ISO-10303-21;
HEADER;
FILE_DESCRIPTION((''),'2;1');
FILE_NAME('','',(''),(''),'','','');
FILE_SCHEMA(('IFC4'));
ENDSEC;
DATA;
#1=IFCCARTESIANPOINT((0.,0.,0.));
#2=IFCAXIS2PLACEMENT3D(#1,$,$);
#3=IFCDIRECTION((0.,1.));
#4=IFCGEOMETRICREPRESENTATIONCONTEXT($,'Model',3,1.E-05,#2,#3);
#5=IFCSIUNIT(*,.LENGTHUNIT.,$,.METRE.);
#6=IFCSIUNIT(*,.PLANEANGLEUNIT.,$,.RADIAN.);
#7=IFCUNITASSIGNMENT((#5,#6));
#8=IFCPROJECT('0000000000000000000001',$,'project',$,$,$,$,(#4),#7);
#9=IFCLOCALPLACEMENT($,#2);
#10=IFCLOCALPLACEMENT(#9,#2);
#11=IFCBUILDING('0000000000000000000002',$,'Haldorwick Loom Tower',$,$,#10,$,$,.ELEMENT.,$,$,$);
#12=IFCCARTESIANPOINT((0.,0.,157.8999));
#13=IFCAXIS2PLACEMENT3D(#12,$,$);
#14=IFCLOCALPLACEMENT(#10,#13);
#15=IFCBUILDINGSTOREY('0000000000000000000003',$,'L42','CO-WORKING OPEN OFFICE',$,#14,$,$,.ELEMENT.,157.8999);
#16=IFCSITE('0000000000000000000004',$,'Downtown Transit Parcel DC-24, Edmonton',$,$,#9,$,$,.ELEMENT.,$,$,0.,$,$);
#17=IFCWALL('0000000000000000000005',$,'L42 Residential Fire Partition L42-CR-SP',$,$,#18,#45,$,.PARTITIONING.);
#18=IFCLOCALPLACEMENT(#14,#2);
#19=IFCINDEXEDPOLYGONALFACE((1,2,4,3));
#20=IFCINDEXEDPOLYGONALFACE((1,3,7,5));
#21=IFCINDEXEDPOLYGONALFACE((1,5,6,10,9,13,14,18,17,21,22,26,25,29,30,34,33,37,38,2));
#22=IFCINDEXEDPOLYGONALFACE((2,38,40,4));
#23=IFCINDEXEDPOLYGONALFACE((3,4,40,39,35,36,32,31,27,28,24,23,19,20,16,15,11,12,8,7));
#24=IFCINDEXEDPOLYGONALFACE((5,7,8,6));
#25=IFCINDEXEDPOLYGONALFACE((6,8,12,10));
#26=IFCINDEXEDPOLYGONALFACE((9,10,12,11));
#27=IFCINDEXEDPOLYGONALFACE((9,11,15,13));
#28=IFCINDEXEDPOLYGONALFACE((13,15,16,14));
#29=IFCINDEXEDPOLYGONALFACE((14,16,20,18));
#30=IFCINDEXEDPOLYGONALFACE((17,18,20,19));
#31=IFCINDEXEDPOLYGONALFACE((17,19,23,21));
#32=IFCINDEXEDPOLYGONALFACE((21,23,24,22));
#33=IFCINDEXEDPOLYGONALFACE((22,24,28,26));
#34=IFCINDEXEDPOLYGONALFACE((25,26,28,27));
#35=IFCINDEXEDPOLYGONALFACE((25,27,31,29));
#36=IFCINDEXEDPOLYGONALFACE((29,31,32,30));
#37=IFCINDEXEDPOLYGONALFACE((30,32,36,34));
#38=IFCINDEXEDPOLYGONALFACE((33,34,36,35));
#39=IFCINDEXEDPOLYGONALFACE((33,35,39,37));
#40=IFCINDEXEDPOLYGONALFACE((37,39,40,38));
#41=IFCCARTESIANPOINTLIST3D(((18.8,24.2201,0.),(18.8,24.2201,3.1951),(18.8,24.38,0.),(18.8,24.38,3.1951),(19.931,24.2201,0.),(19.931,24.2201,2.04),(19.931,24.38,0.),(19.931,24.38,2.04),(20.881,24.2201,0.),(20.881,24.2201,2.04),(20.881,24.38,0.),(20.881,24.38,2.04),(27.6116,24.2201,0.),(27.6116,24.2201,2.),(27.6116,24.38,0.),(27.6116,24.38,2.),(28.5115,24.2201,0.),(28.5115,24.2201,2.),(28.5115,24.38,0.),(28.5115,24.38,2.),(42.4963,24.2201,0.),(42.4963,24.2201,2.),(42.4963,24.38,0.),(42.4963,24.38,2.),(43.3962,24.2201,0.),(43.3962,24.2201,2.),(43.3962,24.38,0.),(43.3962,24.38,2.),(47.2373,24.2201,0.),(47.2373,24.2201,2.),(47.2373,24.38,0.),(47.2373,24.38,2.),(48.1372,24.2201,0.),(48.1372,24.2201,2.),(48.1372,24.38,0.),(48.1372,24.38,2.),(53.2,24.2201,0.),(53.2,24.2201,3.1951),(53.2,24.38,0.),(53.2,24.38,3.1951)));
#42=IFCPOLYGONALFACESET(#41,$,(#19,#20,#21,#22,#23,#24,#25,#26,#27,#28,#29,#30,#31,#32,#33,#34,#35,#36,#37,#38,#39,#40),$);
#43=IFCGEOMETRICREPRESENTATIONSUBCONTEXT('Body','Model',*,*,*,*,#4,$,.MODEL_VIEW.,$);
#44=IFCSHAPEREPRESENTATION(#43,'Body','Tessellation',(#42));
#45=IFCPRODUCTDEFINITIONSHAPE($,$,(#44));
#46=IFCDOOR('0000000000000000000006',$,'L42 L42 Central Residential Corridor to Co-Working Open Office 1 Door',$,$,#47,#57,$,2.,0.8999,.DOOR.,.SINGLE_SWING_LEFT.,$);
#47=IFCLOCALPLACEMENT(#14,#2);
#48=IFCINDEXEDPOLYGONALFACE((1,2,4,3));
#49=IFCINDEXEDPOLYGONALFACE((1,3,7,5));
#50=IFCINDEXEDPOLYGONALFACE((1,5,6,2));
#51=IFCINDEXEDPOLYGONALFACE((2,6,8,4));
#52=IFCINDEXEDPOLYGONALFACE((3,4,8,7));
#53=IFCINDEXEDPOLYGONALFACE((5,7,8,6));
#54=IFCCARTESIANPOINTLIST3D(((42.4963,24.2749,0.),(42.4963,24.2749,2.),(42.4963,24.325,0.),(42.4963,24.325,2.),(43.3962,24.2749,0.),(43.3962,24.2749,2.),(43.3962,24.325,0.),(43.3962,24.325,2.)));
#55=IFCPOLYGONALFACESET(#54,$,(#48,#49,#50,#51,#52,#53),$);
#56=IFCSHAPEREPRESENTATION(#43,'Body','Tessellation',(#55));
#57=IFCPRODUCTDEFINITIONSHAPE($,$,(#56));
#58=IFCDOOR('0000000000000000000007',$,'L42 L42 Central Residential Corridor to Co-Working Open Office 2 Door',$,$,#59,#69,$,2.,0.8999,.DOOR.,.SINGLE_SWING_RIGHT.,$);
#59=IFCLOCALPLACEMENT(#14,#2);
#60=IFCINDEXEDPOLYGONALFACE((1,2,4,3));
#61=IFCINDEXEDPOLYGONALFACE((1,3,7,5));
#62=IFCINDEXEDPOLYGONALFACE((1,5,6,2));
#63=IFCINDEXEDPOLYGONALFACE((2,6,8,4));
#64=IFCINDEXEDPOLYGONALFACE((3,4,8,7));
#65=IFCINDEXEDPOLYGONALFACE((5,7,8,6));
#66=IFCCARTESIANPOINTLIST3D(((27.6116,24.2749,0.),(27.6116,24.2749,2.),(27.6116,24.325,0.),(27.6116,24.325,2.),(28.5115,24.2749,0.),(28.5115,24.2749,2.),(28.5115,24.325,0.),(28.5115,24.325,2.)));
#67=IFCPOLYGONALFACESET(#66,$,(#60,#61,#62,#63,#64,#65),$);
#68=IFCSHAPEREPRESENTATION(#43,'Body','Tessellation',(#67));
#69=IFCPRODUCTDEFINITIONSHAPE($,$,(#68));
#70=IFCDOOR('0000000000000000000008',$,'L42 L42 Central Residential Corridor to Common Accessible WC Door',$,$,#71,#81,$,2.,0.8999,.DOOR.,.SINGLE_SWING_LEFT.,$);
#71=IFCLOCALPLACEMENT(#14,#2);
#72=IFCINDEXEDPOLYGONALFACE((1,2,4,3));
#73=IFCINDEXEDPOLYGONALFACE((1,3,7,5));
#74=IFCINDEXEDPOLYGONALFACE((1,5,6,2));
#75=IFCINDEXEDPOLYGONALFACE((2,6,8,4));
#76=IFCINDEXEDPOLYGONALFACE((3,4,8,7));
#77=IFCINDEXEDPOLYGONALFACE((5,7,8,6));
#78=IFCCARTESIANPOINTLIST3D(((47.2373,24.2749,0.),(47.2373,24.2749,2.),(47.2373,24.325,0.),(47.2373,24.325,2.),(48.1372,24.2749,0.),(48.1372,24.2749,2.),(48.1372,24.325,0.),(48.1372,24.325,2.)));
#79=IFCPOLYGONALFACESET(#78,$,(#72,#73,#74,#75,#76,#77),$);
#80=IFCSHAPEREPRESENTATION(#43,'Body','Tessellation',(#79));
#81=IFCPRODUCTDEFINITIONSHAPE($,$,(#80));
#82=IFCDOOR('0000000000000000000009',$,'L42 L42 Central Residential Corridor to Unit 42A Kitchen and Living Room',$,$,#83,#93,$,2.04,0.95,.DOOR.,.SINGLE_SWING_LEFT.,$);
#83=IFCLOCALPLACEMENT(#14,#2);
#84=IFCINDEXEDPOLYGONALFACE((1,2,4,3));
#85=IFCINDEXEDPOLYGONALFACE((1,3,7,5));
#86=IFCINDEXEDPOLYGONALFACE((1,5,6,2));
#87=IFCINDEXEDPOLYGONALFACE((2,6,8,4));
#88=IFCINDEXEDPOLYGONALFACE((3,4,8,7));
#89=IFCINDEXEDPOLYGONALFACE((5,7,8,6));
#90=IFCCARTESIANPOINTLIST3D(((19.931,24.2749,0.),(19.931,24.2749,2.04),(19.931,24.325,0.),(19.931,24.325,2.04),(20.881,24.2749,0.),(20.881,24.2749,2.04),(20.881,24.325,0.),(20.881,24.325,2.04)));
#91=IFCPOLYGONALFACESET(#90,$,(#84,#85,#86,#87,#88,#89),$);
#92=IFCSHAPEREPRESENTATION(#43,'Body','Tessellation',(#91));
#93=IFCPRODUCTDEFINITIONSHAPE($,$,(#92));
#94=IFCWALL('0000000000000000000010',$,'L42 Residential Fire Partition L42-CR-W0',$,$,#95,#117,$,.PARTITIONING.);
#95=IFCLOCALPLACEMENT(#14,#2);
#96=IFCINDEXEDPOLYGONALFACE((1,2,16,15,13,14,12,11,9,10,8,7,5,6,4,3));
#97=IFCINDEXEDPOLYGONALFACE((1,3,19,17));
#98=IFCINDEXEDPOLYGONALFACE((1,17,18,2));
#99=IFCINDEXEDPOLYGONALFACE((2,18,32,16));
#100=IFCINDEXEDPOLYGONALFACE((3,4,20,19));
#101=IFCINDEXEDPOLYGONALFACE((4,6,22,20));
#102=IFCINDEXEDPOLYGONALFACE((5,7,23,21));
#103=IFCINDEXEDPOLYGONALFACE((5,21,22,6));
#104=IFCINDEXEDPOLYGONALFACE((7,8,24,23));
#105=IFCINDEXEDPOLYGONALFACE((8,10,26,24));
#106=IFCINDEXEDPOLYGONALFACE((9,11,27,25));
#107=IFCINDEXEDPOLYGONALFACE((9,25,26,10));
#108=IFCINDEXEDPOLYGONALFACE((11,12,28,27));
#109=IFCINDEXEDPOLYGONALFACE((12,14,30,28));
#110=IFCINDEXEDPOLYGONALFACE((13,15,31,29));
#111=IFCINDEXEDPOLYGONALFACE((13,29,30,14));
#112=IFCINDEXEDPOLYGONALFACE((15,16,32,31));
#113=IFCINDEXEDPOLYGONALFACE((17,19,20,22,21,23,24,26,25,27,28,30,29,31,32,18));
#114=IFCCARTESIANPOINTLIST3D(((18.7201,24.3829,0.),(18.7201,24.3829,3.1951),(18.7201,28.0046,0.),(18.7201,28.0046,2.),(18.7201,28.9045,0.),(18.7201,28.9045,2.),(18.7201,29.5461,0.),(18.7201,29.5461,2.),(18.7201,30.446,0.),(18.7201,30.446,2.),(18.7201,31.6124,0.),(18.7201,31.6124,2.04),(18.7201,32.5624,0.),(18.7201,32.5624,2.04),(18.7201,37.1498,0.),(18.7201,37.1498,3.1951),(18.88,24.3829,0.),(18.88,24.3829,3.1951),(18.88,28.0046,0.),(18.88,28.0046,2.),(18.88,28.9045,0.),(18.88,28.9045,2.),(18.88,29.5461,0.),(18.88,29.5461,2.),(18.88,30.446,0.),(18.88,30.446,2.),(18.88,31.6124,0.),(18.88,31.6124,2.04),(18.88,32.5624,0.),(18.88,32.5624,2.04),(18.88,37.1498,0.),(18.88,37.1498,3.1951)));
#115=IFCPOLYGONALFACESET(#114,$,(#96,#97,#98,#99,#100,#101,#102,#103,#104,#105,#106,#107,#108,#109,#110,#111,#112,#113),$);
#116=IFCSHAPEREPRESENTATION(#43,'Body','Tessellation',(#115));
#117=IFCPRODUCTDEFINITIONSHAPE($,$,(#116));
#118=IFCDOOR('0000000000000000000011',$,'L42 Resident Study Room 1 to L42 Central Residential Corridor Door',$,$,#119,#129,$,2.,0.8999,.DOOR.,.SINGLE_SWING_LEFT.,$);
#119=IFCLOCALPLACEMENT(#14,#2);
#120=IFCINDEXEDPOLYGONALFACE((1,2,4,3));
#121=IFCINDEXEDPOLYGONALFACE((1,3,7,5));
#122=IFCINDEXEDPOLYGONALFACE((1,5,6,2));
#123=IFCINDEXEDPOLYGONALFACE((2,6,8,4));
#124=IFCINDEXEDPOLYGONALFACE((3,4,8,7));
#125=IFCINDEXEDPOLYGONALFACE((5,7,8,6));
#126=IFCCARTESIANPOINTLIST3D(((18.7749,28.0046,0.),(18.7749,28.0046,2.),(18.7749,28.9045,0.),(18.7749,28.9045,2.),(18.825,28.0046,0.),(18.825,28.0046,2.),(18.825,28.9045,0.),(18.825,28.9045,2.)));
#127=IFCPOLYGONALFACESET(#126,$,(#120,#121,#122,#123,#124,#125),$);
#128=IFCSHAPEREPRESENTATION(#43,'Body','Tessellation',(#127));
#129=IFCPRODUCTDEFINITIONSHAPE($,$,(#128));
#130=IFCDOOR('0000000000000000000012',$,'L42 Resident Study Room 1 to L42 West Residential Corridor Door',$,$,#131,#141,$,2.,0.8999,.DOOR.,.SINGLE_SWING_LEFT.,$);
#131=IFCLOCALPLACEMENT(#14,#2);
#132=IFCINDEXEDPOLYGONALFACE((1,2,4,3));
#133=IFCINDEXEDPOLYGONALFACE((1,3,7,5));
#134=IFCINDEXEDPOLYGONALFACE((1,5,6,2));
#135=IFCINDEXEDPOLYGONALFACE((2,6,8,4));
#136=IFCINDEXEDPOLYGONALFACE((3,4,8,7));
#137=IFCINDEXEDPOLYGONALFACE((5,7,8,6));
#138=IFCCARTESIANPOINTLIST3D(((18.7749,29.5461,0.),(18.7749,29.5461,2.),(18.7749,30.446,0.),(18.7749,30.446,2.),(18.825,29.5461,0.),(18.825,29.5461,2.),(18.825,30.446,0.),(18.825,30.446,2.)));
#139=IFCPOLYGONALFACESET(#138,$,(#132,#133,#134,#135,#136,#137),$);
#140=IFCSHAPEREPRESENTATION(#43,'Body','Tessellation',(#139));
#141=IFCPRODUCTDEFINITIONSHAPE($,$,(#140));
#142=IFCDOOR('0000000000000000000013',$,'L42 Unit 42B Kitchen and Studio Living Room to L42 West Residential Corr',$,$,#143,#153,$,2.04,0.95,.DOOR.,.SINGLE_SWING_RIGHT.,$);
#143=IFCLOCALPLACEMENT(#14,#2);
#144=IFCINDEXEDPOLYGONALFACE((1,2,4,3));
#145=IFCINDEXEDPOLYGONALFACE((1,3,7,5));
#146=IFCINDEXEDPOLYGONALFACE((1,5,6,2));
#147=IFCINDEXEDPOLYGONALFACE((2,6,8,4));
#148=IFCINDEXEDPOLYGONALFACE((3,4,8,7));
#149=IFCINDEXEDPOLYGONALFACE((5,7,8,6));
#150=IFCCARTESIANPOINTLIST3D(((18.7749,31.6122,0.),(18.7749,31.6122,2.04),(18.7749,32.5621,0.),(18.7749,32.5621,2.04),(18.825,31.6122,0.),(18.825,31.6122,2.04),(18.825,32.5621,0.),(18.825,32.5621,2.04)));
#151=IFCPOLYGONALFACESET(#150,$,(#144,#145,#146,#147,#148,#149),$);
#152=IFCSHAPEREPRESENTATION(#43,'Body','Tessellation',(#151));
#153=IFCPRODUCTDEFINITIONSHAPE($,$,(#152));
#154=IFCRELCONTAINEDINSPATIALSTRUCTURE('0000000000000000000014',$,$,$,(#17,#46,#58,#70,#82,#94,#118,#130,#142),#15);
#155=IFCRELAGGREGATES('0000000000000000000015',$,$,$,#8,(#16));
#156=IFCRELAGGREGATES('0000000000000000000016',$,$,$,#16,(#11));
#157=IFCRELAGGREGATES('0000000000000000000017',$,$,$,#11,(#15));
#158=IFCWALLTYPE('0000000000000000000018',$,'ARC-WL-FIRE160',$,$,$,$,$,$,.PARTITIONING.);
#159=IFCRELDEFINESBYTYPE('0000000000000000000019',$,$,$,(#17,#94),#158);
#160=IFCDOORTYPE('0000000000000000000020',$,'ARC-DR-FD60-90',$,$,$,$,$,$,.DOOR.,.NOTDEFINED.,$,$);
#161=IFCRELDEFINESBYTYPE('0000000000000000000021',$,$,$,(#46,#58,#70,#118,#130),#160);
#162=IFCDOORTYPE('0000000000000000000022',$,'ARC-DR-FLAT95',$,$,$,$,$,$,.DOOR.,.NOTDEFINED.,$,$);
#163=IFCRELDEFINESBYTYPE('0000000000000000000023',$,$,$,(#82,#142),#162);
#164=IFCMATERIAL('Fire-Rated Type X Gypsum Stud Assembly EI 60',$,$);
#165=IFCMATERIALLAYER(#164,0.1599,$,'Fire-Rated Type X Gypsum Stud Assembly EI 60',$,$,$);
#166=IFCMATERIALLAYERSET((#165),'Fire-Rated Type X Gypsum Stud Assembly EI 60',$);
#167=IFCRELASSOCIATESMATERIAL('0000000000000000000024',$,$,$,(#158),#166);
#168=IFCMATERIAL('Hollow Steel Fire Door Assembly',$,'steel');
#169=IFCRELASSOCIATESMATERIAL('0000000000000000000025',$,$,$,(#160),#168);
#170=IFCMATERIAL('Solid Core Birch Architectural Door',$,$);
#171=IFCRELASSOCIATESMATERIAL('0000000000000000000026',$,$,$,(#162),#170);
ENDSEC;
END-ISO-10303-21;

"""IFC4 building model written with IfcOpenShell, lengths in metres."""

from ifc_helpers import new_model, si_unit, direction, frame, frame_2d, origin, place, context, subcontext, project, spatial, rectangle, extrude, material, layer, layer_set, type_object, element, fill, save


model = new_model("IFC4")

# Units and contexts
model_context = context("Model", 3, precision=1e-05, world=origin(), true_north=direction((0.0, 1.0)))
body_context = subcontext(model_context, "Body", "Model", "MODEL_VIEW")
ifc_project = project(units=[si_unit("LENGTHUNIT", "METRE"), si_unit("PLANEANGLEUNIT", "RADIAN")], contexts=[model_context])

# Site, building, storey
site_placement = place(None, origin())
site = spatial("IfcSite", under=ifc_project, at=site_placement, Name="Downtown Transit Parcel DC-24, Edmonton", CompositionType="ELEMENT", RefElevation=0.0)
building_placement = place(site_placement, origin())
building = spatial("IfcBuilding", under=site, at=building_placement, Name="Haldorwick Loom Tower", CompositionType="ELEMENT")
storey_placement = place(building_placement, frame((0.0, 0.0, 157.8999)))
storey = spatial("IfcBuildingStorey", under=building, at=storey_placement, Name="L42", Description="CO-WORKING OPEN OFFICE", CompositionType="ELEMENT", Elevation=157.8999)

# Walls, openings, doors
ifc_material_1 = material(Name="Fire-Rated Type X Gypsum Stud Assembly EI 60")
ifc_layer_1 = layer(ifc_material_1, 0.1599, Name="Fire-Rated Type X Gypsum Stud Assembly EI 60")
ifc_layer_set_1 = layer_set([ifc_layer_1], Name="Fire-Rated Type X Gypsum Stud Assembly EI 60")
wall_type_1 = type_object("IfcWallType", Name="ARC-WL-FIRE160", PredefinedType="PARTITIONING", material=ifc_layer_set_1)
wall_1_placement = place(storey_placement, frame((18.8, 24.3, 0.0), z_axis=(0.0, 0.0, 1.0), x_axis=(1.0, 0.0, 0.0)))
wall_1 = element("IfcWall", 1, at=wall_1_placement, inside=storey, type_object=wall_type_1, Name="L42 Residential Fire Partition L42-CR-SP", PredefinedType="PARTITIONING", context=body_context, shape_type="SweptSolid", body=[
    extrude(rectangle(XDim=34.3999, YDim=0.1599, at=frame_2d((17.2, 0.0))), origin(), (0.0, 0.0, 1.0), 3.1951),
])
opening_1_placement = place(wall_1_placement, frame((23.6963, 0.0, 0.0)))
opening_1 = element("IfcOpeningElement", 2, at=opening_1_placement, cuts=wall_1, PredefinedType="OPENING", context=body_context, shape_type="SweptSolid", body=[
    extrude(rectangle(XDim=0.8999, YDim=2.0, at=frame_2d((0.45, 1.0))), frame((0.0, 0.0898, 0.0), z_axis=(0.0, -1.0, 0.0), x_axis=(1.0, 0.0, 0.0)), (0.0, 0.0, 1.0), 0.1799),
])
opening_2_placement = place(wall_1_placement, frame((8.8115, 0.0, 0.0)))
opening_2 = element("IfcOpeningElement", 3, at=opening_2_placement, cuts=wall_1, PredefinedType="OPENING", context=body_context, shape_type="SweptSolid", body=[
    extrude(rectangle(XDim=0.8999, YDim=2.0, at=frame_2d((0.45, 1.0))), frame((0.0, 0.0898, 0.0), z_axis=(0.0, -1.0, 0.0), x_axis=(1.0, 0.0, 0.0)), (0.0, 0.0, 1.0), 0.1799),
])
opening_3_placement = place(wall_1_placement, frame((28.4373, 0.0, 0.0)))
opening_3 = element("IfcOpeningElement", 4, at=opening_3_placement, cuts=wall_1, PredefinedType="OPENING", context=body_context, shape_type="SweptSolid", body=[
    extrude(rectangle(XDim=0.8999, YDim=2.0, at=frame_2d((0.45, 1.0))), frame((0.0, 0.0898, 0.0), z_axis=(0.0, -1.0, 0.0), x_axis=(1.0, 0.0, 0.0)), (0.0, 0.0, 1.0), 0.1799),
])
opening_4_placement = place(wall_1_placement, frame((1.1309, 0.0, 0.0)))
opening_4 = element("IfcOpeningElement", 5, at=opening_4_placement, cuts=wall_1, PredefinedType="OPENING", context=body_context, shape_type="SweptSolid", body=[
    extrude(rectangle(XDim=0.95, YDim=2.04, at=frame_2d((0.4751, 1.02))), frame((0.0, 0.0898, 0.0), z_axis=(0.0, -1.0, 0.0), x_axis=(1.0, 0.0, 0.0)), (0.0, 0.0, 1.0), 0.1799),
])
ifc_material_2 = material(Name="Hollow Steel Fire Door Assembly", Category="steel")
door_type_1 = type_object("IfcDoorType", Name="ARC-DR-FD60-90", OperationType="NOTDEFINED", PredefinedType="DOOR", material=ifc_material_2)
door_1_placement = place(opening_1_placement, origin())
door_1 = element("IfcDoor", 6, at=door_1_placement, inside=storey, type_object=door_type_1, Name="L42 L42 Central Residential Corridor to Co-Working Open Office 1 Door", OperationType="SINGLE_SWING_LEFT", OverallHeight=2.0, OverallWidth=0.8999, PredefinedType="DOOR", context=body_context, shape_type="SweptSolid", body=[
    extrude(rectangle(XDim=0.8999, YDim=2.0, at=frame_2d((0.45, 1.0))), frame((0.0, 0.0249, 0.0), z_axis=(0.0, -1.0, 0.0), x_axis=(1.0, 0.0, 0.0)), (0.0, 0.0, 1.0), 0.05),
])
fill(opening_1, door_1)
door_2_placement = place(opening_2_placement, origin())
door_2 = element("IfcDoor", 7, at=door_2_placement, inside=storey, type_object=door_type_1, Name="L42 L42 Central Residential Corridor to Co-Working Open Office 2 Door", OperationType="SINGLE_SWING_RIGHT", OverallHeight=2.0, OverallWidth=0.8999, PredefinedType="DOOR", context=body_context, shape_type="SweptSolid", body=[
    extrude(rectangle(XDim=0.8999, YDim=2.0, at=frame_2d((0.45, 1.0))), frame((0.0, 0.0249, 0.0), z_axis=(0.0, -1.0, 0.0), x_axis=(1.0, 0.0, 0.0)), (0.0, 0.0, 1.0), 0.05),
])
fill(opening_2, door_2)
door_3_placement = place(opening_3_placement, origin())
door_3 = element("IfcDoor", 8, at=door_3_placement, inside=storey, type_object=door_type_1, Name="L42 L42 Central Residential Corridor to Common Accessible WC Door", OperationType="SINGLE_SWING_LEFT", OverallHeight=2.0, OverallWidth=0.8999, PredefinedType="DOOR", context=body_context, shape_type="SweptSolid", body=[
    extrude(rectangle(XDim=0.8999, YDim=2.0, at=frame_2d((0.45, 1.0))), frame((0.0, 0.0249, 0.0), z_axis=(0.0, -1.0, 0.0), x_axis=(1.0, 0.0, 0.0)), (0.0, 0.0, 1.0), 0.05),
])
fill(opening_3, door_3)
ifc_material_3 = material(Name="Solid Core Birch Architectural Door")
door_type_2 = type_object("IfcDoorType", Name="ARC-DR-FLAT95", OperationType="NOTDEFINED", PredefinedType="DOOR", material=ifc_material_3)
door_4_placement = place(opening_4_placement, origin())
door_4 = element("IfcDoor", 9, at=door_4_placement, inside=storey, type_object=door_type_2, Name="L42 L42 Central Residential Corridor to Unit 42A Kitchen and Living Room", OperationType="SINGLE_SWING_LEFT", OverallHeight=2.04, OverallWidth=0.95, PredefinedType="DOOR", context=body_context, shape_type="SweptSolid", body=[
    extrude(rectangle(XDim=0.95, YDim=2.04, at=frame_2d((0.4751, 1.02))), frame((0.0, 0.0249, 0.0), z_axis=(0.0, -1.0, 0.0), x_axis=(1.0, 0.0, 0.0)), (0.0, 0.0, 1.0), 0.05),
])
fill(opening_4, door_4)
wall_2_placement = place(storey_placement, frame((18.8, 24.3831, 0.0), z_axis=(0.0, 0.0, 1.0), x_axis=(0.0, 1.0, 0.0)))
wall_2 = element("IfcWall", 10, at=wall_2_placement, inside=storey, type_object=wall_type_1, Name="L42 Residential Fire Partition L42-CR-W0", PredefinedType="PARTITIONING", context=body_context, shape_type="SweptSolid", body=[
    extrude(rectangle(XDim=12.7668, YDim=0.1599, at=frame_2d((6.3833, 0.0))), origin(), (0.0, 0.0, 1.0), 3.1951),
])
opening_5_placement = place(wall_2_placement, frame((3.6216, 0.0, 0.0)))
opening_5 = element("IfcOpeningElement", 11, at=opening_5_placement, cuts=wall_2, PredefinedType="OPENING", context=body_context, shape_type="SweptSolid", body=[
    extrude(rectangle(XDim=0.8999, YDim=2.0, at=frame_2d((0.45, 1.0))), frame((0.0, 0.0898, 0.0), z_axis=(0.0, -1.0, 0.0), x_axis=(1.0, 0.0, 0.0)), (0.0, 0.0, 1.0), 0.1799),
])
opening_6_placement = place(wall_2_placement, frame((7.2292, 0.0, 0.0)))
opening_6 = element("IfcOpeningElement", 12, at=opening_6_placement, cuts=wall_2, PredefinedType="OPENING", context=body_context, shape_type="SweptSolid", body=[
    extrude(rectangle(XDim=0.95, YDim=2.04, at=frame_2d((0.4751, 1.02))), frame((0.0, 0.0898, 0.0), z_axis=(0.0, -1.0, 0.0), x_axis=(1.0, 0.0, 0.0)), (0.0, 0.0, 1.0), 0.1799),
])
opening_7_placement = place(wall_2_placement, frame((5.1631, 0.0, 0.0)))
opening_7 = element("IfcOpeningElement", 13, at=opening_7_placement, cuts=wall_2, PredefinedType="OPENING", context=body_context, shape_type="SweptSolid", body=[
    extrude(rectangle(XDim=0.8999, YDim=2.0, at=frame_2d((0.45, 1.0))), frame((0.0, 0.0898, 0.0), z_axis=(0.0, -1.0, 0.0), x_axis=(1.0, 0.0, 0.0)), (0.0, 0.0, 1.0), 0.1799),
])
door_5_placement = place(opening_5_placement, frame((0.8999, 0.0, 0.0), z_axis=(0.0, 0.0, 1.0), x_axis=(-1.0, 0.0, 0.0)))
door_5 = element("IfcDoor", 14, at=door_5_placement, inside=storey, type_object=door_type_1, Name="L42 Resident Study Room 1 to L42 Central Residential Corridor Door", OperationType="SINGLE_SWING_LEFT", OverallHeight=2.0, OverallWidth=0.8999, PredefinedType="DOOR", context=body_context, shape_type="SweptSolid", body=[
    extrude(rectangle(XDim=0.8999, YDim=2.0, at=frame_2d((0.45, 1.0))), frame((0.0, 0.0249, 0.0), z_axis=(0.0, -1.0, 0.0), x_axis=(1.0, 0.0, 0.0)), (0.0, 0.0, 1.0), 0.05),
])
fill(opening_5, door_5)
door_6_placement = place(opening_7_placement, frame((0.8999, 0.0, 0.0), z_axis=(0.0, 0.0, 1.0), x_axis=(-1.0, 0.0, 0.0)))
door_6 = element("IfcDoor", 15, at=door_6_placement, inside=storey, type_object=door_type_1, Name="L42 Resident Study Room 1 to L42 West Residential Corridor Door", OperationType="SINGLE_SWING_LEFT", OverallHeight=2.0, OverallWidth=0.8999, PredefinedType="DOOR", context=body_context, shape_type="SweptSolid", body=[
    extrude(rectangle(XDim=0.8999, YDim=2.0, at=frame_2d((0.45, 1.0))), frame((0.0, 0.0249, 0.0), z_axis=(0.0, -1.0, 0.0), x_axis=(1.0, 0.0, 0.0)), (0.0, 0.0, 1.0), 0.05),
])
fill(opening_7, door_6)
door_7_placement = place(opening_6_placement, frame((0.95, 0.0, 0.0), z_axis=(0.0, 0.0, 1.0), x_axis=(-1.0, 0.0, 0.0)))
door_7 = element("IfcDoor", 16, at=door_7_placement, inside=storey, type_object=door_type_2, Name="L42 Unit 42B Kitchen and Studio Living Room to L42 West Residential Corr", OperationType="SINGLE_SWING_RIGHT", OverallHeight=2.04, OverallWidth=0.95, PredefinedType="DOOR", context=body_context, shape_type="SweptSolid", body=[
    extrude(rectangle(XDim=0.95, YDim=2.04, at=frame_2d((0.4751, 1.02))), frame((0.0, 0.0249, 0.0), z_axis=(0.0, -1.0, 0.0), x_axis=(1.0, 0.0, 0.0)), (0.0, 0.0, 1.0), 0.05),
])
fill(opening_6, door_7)

save(model, "model.ifc")
